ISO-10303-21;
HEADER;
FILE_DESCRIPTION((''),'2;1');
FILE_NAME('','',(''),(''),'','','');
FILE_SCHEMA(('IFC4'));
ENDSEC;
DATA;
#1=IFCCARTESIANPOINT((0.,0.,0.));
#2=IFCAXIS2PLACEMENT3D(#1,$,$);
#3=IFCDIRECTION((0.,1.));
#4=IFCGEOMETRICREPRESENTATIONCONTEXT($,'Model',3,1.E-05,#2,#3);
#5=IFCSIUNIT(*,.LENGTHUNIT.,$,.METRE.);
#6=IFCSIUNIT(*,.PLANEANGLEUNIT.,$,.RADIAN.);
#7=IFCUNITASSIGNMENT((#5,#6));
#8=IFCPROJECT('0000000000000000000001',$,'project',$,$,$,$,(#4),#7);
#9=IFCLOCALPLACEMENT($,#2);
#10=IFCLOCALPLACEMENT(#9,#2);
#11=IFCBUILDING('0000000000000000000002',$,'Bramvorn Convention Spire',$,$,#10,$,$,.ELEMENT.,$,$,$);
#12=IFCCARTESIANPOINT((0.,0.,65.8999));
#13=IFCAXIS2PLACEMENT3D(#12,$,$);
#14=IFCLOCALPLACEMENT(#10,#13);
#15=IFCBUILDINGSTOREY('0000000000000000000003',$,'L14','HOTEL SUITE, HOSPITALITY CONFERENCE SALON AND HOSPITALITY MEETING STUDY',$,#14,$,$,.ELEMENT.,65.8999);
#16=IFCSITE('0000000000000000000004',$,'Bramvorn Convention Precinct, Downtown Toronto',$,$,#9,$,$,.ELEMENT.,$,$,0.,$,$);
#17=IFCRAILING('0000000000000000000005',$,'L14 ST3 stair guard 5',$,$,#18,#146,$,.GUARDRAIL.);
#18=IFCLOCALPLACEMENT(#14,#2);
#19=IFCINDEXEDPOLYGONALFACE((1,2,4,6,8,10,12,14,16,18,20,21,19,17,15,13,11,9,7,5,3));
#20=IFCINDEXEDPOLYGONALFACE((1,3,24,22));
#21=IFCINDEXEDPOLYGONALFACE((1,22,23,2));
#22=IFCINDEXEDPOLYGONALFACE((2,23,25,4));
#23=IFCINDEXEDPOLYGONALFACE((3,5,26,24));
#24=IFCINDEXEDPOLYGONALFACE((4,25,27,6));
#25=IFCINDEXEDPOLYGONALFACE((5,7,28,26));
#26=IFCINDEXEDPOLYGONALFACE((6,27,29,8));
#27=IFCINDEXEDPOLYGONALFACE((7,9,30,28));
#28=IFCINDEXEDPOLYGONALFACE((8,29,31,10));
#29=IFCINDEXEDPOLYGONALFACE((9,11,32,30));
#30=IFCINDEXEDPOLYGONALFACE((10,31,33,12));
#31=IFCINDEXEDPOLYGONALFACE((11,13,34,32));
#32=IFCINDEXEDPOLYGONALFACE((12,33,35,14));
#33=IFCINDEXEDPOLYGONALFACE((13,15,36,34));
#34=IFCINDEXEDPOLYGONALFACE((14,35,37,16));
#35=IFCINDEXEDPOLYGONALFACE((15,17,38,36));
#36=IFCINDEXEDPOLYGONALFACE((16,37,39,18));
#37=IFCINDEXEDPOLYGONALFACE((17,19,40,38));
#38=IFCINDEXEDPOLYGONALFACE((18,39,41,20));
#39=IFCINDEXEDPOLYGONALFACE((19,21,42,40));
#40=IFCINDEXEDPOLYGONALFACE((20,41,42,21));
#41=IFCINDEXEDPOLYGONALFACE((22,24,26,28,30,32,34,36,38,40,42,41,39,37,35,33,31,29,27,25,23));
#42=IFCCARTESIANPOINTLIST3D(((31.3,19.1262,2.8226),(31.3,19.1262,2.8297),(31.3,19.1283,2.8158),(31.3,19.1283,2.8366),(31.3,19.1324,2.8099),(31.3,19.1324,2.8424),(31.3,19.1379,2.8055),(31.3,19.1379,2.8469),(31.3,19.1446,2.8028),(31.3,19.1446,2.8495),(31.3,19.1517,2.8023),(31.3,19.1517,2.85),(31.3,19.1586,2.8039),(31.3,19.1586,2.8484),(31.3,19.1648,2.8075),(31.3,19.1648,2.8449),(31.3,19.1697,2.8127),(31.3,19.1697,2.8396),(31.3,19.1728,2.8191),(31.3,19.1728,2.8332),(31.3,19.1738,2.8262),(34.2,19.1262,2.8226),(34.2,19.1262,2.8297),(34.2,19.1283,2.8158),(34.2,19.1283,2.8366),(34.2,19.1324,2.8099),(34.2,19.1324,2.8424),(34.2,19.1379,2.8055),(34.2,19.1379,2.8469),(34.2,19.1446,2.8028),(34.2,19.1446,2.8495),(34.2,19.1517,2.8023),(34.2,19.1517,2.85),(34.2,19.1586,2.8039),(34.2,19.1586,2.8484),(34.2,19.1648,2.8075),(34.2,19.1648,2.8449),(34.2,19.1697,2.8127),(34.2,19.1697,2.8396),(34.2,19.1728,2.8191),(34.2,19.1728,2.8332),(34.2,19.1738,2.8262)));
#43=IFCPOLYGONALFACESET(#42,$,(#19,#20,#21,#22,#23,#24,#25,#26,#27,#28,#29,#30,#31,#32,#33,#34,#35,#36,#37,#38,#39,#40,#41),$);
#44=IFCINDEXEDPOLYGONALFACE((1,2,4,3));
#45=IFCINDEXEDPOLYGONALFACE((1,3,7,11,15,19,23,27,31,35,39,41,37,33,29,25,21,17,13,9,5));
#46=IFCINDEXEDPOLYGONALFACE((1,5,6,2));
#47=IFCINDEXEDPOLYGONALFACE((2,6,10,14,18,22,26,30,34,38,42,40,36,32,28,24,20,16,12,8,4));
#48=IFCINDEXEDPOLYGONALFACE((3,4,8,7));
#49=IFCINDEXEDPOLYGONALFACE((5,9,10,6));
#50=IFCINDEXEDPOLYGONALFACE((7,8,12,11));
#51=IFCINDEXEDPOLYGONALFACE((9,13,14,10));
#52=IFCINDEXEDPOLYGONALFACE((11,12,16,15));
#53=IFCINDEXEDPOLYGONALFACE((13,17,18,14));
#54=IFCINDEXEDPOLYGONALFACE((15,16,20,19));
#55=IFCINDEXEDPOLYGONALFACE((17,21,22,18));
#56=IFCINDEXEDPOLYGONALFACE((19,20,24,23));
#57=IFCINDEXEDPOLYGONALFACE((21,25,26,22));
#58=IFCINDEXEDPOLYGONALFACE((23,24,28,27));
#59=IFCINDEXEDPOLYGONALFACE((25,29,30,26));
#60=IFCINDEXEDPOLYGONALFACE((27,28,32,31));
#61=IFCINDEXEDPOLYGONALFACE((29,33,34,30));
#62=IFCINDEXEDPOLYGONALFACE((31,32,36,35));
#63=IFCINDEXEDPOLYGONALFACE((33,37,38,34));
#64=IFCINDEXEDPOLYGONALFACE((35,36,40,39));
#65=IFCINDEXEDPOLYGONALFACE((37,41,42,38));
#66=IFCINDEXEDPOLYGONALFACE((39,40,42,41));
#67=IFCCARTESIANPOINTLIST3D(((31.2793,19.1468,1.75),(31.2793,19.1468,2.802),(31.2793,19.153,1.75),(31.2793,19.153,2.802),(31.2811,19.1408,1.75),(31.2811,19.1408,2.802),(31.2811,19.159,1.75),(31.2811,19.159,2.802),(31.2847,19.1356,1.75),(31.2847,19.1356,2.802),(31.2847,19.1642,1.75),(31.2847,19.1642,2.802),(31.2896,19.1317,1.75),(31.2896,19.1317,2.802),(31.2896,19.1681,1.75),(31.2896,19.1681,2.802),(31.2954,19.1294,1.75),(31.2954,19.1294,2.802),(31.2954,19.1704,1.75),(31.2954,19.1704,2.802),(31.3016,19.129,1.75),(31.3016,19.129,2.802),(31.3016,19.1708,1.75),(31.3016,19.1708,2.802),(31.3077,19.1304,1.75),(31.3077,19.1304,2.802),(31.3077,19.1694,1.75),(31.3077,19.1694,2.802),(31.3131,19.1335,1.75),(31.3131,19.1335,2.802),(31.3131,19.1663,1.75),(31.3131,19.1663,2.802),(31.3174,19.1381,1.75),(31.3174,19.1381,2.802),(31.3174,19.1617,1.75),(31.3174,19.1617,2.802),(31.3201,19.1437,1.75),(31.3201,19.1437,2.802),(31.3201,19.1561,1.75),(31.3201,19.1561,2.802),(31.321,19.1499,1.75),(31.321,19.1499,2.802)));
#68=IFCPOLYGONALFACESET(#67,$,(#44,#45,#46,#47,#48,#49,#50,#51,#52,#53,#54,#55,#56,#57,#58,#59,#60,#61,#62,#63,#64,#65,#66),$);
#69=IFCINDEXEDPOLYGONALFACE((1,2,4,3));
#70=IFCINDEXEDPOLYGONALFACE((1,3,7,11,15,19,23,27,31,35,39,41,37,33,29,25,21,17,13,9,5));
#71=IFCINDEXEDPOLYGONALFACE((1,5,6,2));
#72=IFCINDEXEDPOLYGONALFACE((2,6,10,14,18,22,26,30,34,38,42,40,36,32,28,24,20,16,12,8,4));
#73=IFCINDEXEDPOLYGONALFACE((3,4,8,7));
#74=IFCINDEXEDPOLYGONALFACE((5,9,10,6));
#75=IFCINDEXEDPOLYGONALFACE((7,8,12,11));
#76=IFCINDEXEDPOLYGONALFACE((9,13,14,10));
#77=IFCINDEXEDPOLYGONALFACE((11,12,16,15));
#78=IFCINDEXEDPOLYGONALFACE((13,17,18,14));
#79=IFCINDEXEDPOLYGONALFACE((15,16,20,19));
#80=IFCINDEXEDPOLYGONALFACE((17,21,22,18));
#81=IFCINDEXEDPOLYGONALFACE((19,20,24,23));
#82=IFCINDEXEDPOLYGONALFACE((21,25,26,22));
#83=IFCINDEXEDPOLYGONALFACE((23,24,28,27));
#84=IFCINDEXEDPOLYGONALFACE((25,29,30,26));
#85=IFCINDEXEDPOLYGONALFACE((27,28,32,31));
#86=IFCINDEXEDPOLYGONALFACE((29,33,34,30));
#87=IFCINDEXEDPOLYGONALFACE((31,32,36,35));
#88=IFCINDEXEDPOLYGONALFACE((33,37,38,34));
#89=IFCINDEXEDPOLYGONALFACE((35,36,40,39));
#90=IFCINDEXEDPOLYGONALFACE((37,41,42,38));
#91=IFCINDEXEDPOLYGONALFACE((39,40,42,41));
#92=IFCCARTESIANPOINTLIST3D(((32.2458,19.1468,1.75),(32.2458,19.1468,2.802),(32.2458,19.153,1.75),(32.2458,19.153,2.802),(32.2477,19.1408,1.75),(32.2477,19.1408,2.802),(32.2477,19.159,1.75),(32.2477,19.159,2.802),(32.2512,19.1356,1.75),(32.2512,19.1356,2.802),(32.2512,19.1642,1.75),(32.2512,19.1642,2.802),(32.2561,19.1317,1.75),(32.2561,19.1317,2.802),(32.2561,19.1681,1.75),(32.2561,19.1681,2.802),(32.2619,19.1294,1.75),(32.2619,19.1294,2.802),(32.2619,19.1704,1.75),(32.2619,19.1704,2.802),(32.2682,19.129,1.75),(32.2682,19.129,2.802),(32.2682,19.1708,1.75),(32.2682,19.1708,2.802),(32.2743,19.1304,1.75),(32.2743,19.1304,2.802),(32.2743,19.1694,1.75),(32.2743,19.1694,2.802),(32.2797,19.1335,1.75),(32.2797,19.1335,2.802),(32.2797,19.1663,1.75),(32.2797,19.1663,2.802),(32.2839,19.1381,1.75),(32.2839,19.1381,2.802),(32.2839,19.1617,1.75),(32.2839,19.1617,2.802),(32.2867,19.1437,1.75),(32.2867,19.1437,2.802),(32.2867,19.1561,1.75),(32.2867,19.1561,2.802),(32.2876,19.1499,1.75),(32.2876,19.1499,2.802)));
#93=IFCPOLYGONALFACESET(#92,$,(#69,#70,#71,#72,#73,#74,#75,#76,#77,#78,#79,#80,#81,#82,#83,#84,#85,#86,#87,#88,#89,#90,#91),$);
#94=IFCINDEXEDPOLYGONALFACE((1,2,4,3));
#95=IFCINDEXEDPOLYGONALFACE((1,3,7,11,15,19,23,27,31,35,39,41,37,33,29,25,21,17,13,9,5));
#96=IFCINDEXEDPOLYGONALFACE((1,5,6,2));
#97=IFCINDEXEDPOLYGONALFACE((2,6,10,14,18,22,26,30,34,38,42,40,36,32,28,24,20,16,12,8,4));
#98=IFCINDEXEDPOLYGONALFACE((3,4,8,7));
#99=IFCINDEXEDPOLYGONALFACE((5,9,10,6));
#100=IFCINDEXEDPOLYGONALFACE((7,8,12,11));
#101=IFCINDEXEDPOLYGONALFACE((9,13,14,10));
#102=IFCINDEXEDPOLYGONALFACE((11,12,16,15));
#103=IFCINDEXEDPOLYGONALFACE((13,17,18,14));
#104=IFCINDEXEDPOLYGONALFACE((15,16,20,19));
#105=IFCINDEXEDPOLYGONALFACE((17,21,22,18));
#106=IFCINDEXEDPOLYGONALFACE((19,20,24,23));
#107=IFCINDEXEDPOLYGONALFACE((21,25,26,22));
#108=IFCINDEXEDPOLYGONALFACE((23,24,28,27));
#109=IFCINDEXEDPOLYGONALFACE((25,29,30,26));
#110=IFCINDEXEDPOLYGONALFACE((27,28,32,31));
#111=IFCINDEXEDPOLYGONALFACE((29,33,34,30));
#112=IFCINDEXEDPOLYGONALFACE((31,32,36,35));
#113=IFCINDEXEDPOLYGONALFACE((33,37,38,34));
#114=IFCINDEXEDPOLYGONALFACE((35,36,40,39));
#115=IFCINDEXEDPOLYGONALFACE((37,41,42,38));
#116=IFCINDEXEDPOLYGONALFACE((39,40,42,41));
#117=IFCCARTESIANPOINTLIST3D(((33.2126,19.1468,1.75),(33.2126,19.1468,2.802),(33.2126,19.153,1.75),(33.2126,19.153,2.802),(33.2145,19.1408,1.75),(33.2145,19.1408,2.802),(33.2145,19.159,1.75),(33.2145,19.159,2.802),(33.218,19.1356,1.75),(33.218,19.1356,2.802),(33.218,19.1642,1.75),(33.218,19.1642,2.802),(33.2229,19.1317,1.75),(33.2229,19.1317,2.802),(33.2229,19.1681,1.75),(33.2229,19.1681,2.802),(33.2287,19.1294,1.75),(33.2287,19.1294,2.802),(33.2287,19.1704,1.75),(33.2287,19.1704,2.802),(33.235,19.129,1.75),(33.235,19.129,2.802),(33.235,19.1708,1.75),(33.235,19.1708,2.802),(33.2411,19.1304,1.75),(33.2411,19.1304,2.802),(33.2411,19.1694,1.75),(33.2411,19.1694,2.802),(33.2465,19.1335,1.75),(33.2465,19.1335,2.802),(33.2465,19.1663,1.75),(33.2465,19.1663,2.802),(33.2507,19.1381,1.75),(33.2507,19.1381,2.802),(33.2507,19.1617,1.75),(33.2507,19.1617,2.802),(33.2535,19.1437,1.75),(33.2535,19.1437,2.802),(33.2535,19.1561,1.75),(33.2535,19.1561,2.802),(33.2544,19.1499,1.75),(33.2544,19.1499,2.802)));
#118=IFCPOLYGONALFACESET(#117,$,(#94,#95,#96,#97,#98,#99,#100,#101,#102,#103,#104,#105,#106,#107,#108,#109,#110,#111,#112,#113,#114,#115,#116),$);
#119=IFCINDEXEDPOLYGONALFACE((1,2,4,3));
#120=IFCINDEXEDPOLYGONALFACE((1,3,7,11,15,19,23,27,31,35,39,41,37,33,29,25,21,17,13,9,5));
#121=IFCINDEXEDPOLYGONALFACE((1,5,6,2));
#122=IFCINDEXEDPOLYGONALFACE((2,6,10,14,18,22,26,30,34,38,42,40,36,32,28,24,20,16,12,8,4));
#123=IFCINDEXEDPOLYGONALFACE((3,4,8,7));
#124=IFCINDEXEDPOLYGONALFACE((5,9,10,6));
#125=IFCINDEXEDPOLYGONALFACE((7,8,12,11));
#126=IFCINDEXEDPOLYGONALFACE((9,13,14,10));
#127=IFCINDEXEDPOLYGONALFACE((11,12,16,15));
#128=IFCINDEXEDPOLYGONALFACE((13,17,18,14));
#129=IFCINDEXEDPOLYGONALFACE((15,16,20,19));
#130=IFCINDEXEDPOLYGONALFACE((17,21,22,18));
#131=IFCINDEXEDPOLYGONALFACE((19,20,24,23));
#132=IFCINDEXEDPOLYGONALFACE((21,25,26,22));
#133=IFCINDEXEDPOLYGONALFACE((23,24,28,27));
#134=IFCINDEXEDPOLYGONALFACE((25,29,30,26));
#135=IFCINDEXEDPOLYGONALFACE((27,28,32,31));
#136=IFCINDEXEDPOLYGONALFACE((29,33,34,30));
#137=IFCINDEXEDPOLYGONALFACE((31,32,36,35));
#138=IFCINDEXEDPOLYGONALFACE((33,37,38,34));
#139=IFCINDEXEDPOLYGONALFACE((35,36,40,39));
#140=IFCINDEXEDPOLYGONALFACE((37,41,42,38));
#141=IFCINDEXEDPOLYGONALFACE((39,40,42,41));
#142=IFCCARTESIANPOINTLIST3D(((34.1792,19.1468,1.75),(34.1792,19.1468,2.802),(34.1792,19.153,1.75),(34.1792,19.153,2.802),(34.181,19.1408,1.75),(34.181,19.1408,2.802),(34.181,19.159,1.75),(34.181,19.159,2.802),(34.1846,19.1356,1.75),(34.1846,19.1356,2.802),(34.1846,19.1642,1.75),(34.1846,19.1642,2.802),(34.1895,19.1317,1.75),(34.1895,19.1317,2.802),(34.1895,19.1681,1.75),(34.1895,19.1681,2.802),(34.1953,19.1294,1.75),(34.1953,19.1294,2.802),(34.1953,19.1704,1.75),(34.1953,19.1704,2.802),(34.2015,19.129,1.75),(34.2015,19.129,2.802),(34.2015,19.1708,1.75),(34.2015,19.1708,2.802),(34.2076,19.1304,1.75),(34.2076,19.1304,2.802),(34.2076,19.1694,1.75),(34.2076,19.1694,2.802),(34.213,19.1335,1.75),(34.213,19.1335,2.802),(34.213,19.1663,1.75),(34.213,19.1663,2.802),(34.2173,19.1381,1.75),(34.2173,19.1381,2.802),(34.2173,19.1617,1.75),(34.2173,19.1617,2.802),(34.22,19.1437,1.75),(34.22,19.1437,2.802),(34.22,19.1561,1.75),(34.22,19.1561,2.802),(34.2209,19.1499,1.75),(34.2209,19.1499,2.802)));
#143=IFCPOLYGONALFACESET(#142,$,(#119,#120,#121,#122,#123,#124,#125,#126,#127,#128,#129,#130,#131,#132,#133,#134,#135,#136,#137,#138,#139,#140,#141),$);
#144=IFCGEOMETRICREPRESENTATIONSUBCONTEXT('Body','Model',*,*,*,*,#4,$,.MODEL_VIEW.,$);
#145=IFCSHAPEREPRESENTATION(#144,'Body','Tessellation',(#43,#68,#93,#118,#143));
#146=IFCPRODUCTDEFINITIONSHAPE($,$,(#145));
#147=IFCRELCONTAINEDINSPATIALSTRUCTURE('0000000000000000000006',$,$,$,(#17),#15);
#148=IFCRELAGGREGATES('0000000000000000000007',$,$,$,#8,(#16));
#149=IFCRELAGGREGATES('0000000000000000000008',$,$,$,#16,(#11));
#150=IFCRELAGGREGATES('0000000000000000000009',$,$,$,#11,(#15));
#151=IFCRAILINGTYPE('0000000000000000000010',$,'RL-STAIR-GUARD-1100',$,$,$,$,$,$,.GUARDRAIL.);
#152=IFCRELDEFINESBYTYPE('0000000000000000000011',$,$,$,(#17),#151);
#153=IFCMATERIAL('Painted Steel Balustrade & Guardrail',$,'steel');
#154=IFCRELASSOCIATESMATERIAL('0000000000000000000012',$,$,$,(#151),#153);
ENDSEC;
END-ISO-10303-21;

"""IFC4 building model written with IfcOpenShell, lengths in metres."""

from ifc_helpers import new_model, si_unit, direction, frame, origin, origin_2d, place, context, subcontext, project, spatial, circle, extrude, material, type_object, element, save


model = new_model("IFC4")

# Units and contexts
model_context = context("Model", 3, precision=1e-05, world=origin(), true_north=direction((0.0, 1.0)))
body_context = subcontext(model_context, "Body", "Model", "MODEL_VIEW")
ifc_project = project(units=[si_unit("LENGTHUNIT", "METRE"), si_unit("PLANEANGLEUNIT", "RADIAN")], contexts=[model_context])

# Site, building, storey
site_placement = place(None, origin())
site = spatial("IfcSite", under=ifc_project, at=site_placement, Name="Bramvorn Convention Precinct, Downtown Toronto", CompositionType="ELEMENT", RefElevation=0.0)
building_placement = place(site_placement, origin())
building = spatial("IfcBuilding", under=site, at=building_placement, Name="Bramvorn Convention Spire", CompositionType="ELEMENT")
storey_placement = place(building_placement, frame((0.0, 0.0, 65.8999)))
storey = spatial("IfcBuildingStorey", under=building, at=storey_placement, Name="L14", Description="HOTEL SUITE, HOSPITALITY CONFERENCE SALON AND HOSPITALITY MEETING STUDY", CompositionType="ELEMENT", Elevation=65.8999)

# Railing
ifc_material_1 = material(Name="Painted Steel Balustrade & Guardrail", Category="steel")
railing_type_1 = type_object("IfcRailingType", Name="RL-STAIR-GUARD-1100", PredefinedType="GUARDRAIL", material=ifc_material_1)
railing_1_placement = place(storey_placement, frame((31.3, 19.1499, 1.75)))
element("IfcRailing", 1, at=railing_1_placement, inside=storey, type_object=railing_type_1, Name="L14 ST3 stair guard 5", PredefinedType="GUARDRAIL", context=body_context, shape_type="SweptSolid", body=[
    extrude(circle(Radius=0.0239, at=origin_2d()), frame((0.0, 0.0, 1.0762), z_axis=(1.0, 0.0, 0.0), x_axis=(0.0, 1.0, 0.0)), (0.0, 0.0, 1.0), 2.8999),
    extrude(circle(Radius=0.021, at=origin_2d()), origin(), (0.0, 0.0, 1.0), 1.052),
    extrude(circle(Radius=0.021, at=origin_2d()), frame((0.9666, 0.0, 0.0)), (0.0, 0.0, 1.0), 1.052),
    extrude(circle(Radius=0.021, at=origin_2d()), frame((1.9333, 0.0, 0.0)), (0.0, 0.0, 1.0), 1.052),
    extrude(circle(Radius=0.021, at=origin_2d()), frame((2.8999, 0.0, 0.0)), (0.0, 0.0, 1.0), 1.052),
])

save(model, "model.ifc")
